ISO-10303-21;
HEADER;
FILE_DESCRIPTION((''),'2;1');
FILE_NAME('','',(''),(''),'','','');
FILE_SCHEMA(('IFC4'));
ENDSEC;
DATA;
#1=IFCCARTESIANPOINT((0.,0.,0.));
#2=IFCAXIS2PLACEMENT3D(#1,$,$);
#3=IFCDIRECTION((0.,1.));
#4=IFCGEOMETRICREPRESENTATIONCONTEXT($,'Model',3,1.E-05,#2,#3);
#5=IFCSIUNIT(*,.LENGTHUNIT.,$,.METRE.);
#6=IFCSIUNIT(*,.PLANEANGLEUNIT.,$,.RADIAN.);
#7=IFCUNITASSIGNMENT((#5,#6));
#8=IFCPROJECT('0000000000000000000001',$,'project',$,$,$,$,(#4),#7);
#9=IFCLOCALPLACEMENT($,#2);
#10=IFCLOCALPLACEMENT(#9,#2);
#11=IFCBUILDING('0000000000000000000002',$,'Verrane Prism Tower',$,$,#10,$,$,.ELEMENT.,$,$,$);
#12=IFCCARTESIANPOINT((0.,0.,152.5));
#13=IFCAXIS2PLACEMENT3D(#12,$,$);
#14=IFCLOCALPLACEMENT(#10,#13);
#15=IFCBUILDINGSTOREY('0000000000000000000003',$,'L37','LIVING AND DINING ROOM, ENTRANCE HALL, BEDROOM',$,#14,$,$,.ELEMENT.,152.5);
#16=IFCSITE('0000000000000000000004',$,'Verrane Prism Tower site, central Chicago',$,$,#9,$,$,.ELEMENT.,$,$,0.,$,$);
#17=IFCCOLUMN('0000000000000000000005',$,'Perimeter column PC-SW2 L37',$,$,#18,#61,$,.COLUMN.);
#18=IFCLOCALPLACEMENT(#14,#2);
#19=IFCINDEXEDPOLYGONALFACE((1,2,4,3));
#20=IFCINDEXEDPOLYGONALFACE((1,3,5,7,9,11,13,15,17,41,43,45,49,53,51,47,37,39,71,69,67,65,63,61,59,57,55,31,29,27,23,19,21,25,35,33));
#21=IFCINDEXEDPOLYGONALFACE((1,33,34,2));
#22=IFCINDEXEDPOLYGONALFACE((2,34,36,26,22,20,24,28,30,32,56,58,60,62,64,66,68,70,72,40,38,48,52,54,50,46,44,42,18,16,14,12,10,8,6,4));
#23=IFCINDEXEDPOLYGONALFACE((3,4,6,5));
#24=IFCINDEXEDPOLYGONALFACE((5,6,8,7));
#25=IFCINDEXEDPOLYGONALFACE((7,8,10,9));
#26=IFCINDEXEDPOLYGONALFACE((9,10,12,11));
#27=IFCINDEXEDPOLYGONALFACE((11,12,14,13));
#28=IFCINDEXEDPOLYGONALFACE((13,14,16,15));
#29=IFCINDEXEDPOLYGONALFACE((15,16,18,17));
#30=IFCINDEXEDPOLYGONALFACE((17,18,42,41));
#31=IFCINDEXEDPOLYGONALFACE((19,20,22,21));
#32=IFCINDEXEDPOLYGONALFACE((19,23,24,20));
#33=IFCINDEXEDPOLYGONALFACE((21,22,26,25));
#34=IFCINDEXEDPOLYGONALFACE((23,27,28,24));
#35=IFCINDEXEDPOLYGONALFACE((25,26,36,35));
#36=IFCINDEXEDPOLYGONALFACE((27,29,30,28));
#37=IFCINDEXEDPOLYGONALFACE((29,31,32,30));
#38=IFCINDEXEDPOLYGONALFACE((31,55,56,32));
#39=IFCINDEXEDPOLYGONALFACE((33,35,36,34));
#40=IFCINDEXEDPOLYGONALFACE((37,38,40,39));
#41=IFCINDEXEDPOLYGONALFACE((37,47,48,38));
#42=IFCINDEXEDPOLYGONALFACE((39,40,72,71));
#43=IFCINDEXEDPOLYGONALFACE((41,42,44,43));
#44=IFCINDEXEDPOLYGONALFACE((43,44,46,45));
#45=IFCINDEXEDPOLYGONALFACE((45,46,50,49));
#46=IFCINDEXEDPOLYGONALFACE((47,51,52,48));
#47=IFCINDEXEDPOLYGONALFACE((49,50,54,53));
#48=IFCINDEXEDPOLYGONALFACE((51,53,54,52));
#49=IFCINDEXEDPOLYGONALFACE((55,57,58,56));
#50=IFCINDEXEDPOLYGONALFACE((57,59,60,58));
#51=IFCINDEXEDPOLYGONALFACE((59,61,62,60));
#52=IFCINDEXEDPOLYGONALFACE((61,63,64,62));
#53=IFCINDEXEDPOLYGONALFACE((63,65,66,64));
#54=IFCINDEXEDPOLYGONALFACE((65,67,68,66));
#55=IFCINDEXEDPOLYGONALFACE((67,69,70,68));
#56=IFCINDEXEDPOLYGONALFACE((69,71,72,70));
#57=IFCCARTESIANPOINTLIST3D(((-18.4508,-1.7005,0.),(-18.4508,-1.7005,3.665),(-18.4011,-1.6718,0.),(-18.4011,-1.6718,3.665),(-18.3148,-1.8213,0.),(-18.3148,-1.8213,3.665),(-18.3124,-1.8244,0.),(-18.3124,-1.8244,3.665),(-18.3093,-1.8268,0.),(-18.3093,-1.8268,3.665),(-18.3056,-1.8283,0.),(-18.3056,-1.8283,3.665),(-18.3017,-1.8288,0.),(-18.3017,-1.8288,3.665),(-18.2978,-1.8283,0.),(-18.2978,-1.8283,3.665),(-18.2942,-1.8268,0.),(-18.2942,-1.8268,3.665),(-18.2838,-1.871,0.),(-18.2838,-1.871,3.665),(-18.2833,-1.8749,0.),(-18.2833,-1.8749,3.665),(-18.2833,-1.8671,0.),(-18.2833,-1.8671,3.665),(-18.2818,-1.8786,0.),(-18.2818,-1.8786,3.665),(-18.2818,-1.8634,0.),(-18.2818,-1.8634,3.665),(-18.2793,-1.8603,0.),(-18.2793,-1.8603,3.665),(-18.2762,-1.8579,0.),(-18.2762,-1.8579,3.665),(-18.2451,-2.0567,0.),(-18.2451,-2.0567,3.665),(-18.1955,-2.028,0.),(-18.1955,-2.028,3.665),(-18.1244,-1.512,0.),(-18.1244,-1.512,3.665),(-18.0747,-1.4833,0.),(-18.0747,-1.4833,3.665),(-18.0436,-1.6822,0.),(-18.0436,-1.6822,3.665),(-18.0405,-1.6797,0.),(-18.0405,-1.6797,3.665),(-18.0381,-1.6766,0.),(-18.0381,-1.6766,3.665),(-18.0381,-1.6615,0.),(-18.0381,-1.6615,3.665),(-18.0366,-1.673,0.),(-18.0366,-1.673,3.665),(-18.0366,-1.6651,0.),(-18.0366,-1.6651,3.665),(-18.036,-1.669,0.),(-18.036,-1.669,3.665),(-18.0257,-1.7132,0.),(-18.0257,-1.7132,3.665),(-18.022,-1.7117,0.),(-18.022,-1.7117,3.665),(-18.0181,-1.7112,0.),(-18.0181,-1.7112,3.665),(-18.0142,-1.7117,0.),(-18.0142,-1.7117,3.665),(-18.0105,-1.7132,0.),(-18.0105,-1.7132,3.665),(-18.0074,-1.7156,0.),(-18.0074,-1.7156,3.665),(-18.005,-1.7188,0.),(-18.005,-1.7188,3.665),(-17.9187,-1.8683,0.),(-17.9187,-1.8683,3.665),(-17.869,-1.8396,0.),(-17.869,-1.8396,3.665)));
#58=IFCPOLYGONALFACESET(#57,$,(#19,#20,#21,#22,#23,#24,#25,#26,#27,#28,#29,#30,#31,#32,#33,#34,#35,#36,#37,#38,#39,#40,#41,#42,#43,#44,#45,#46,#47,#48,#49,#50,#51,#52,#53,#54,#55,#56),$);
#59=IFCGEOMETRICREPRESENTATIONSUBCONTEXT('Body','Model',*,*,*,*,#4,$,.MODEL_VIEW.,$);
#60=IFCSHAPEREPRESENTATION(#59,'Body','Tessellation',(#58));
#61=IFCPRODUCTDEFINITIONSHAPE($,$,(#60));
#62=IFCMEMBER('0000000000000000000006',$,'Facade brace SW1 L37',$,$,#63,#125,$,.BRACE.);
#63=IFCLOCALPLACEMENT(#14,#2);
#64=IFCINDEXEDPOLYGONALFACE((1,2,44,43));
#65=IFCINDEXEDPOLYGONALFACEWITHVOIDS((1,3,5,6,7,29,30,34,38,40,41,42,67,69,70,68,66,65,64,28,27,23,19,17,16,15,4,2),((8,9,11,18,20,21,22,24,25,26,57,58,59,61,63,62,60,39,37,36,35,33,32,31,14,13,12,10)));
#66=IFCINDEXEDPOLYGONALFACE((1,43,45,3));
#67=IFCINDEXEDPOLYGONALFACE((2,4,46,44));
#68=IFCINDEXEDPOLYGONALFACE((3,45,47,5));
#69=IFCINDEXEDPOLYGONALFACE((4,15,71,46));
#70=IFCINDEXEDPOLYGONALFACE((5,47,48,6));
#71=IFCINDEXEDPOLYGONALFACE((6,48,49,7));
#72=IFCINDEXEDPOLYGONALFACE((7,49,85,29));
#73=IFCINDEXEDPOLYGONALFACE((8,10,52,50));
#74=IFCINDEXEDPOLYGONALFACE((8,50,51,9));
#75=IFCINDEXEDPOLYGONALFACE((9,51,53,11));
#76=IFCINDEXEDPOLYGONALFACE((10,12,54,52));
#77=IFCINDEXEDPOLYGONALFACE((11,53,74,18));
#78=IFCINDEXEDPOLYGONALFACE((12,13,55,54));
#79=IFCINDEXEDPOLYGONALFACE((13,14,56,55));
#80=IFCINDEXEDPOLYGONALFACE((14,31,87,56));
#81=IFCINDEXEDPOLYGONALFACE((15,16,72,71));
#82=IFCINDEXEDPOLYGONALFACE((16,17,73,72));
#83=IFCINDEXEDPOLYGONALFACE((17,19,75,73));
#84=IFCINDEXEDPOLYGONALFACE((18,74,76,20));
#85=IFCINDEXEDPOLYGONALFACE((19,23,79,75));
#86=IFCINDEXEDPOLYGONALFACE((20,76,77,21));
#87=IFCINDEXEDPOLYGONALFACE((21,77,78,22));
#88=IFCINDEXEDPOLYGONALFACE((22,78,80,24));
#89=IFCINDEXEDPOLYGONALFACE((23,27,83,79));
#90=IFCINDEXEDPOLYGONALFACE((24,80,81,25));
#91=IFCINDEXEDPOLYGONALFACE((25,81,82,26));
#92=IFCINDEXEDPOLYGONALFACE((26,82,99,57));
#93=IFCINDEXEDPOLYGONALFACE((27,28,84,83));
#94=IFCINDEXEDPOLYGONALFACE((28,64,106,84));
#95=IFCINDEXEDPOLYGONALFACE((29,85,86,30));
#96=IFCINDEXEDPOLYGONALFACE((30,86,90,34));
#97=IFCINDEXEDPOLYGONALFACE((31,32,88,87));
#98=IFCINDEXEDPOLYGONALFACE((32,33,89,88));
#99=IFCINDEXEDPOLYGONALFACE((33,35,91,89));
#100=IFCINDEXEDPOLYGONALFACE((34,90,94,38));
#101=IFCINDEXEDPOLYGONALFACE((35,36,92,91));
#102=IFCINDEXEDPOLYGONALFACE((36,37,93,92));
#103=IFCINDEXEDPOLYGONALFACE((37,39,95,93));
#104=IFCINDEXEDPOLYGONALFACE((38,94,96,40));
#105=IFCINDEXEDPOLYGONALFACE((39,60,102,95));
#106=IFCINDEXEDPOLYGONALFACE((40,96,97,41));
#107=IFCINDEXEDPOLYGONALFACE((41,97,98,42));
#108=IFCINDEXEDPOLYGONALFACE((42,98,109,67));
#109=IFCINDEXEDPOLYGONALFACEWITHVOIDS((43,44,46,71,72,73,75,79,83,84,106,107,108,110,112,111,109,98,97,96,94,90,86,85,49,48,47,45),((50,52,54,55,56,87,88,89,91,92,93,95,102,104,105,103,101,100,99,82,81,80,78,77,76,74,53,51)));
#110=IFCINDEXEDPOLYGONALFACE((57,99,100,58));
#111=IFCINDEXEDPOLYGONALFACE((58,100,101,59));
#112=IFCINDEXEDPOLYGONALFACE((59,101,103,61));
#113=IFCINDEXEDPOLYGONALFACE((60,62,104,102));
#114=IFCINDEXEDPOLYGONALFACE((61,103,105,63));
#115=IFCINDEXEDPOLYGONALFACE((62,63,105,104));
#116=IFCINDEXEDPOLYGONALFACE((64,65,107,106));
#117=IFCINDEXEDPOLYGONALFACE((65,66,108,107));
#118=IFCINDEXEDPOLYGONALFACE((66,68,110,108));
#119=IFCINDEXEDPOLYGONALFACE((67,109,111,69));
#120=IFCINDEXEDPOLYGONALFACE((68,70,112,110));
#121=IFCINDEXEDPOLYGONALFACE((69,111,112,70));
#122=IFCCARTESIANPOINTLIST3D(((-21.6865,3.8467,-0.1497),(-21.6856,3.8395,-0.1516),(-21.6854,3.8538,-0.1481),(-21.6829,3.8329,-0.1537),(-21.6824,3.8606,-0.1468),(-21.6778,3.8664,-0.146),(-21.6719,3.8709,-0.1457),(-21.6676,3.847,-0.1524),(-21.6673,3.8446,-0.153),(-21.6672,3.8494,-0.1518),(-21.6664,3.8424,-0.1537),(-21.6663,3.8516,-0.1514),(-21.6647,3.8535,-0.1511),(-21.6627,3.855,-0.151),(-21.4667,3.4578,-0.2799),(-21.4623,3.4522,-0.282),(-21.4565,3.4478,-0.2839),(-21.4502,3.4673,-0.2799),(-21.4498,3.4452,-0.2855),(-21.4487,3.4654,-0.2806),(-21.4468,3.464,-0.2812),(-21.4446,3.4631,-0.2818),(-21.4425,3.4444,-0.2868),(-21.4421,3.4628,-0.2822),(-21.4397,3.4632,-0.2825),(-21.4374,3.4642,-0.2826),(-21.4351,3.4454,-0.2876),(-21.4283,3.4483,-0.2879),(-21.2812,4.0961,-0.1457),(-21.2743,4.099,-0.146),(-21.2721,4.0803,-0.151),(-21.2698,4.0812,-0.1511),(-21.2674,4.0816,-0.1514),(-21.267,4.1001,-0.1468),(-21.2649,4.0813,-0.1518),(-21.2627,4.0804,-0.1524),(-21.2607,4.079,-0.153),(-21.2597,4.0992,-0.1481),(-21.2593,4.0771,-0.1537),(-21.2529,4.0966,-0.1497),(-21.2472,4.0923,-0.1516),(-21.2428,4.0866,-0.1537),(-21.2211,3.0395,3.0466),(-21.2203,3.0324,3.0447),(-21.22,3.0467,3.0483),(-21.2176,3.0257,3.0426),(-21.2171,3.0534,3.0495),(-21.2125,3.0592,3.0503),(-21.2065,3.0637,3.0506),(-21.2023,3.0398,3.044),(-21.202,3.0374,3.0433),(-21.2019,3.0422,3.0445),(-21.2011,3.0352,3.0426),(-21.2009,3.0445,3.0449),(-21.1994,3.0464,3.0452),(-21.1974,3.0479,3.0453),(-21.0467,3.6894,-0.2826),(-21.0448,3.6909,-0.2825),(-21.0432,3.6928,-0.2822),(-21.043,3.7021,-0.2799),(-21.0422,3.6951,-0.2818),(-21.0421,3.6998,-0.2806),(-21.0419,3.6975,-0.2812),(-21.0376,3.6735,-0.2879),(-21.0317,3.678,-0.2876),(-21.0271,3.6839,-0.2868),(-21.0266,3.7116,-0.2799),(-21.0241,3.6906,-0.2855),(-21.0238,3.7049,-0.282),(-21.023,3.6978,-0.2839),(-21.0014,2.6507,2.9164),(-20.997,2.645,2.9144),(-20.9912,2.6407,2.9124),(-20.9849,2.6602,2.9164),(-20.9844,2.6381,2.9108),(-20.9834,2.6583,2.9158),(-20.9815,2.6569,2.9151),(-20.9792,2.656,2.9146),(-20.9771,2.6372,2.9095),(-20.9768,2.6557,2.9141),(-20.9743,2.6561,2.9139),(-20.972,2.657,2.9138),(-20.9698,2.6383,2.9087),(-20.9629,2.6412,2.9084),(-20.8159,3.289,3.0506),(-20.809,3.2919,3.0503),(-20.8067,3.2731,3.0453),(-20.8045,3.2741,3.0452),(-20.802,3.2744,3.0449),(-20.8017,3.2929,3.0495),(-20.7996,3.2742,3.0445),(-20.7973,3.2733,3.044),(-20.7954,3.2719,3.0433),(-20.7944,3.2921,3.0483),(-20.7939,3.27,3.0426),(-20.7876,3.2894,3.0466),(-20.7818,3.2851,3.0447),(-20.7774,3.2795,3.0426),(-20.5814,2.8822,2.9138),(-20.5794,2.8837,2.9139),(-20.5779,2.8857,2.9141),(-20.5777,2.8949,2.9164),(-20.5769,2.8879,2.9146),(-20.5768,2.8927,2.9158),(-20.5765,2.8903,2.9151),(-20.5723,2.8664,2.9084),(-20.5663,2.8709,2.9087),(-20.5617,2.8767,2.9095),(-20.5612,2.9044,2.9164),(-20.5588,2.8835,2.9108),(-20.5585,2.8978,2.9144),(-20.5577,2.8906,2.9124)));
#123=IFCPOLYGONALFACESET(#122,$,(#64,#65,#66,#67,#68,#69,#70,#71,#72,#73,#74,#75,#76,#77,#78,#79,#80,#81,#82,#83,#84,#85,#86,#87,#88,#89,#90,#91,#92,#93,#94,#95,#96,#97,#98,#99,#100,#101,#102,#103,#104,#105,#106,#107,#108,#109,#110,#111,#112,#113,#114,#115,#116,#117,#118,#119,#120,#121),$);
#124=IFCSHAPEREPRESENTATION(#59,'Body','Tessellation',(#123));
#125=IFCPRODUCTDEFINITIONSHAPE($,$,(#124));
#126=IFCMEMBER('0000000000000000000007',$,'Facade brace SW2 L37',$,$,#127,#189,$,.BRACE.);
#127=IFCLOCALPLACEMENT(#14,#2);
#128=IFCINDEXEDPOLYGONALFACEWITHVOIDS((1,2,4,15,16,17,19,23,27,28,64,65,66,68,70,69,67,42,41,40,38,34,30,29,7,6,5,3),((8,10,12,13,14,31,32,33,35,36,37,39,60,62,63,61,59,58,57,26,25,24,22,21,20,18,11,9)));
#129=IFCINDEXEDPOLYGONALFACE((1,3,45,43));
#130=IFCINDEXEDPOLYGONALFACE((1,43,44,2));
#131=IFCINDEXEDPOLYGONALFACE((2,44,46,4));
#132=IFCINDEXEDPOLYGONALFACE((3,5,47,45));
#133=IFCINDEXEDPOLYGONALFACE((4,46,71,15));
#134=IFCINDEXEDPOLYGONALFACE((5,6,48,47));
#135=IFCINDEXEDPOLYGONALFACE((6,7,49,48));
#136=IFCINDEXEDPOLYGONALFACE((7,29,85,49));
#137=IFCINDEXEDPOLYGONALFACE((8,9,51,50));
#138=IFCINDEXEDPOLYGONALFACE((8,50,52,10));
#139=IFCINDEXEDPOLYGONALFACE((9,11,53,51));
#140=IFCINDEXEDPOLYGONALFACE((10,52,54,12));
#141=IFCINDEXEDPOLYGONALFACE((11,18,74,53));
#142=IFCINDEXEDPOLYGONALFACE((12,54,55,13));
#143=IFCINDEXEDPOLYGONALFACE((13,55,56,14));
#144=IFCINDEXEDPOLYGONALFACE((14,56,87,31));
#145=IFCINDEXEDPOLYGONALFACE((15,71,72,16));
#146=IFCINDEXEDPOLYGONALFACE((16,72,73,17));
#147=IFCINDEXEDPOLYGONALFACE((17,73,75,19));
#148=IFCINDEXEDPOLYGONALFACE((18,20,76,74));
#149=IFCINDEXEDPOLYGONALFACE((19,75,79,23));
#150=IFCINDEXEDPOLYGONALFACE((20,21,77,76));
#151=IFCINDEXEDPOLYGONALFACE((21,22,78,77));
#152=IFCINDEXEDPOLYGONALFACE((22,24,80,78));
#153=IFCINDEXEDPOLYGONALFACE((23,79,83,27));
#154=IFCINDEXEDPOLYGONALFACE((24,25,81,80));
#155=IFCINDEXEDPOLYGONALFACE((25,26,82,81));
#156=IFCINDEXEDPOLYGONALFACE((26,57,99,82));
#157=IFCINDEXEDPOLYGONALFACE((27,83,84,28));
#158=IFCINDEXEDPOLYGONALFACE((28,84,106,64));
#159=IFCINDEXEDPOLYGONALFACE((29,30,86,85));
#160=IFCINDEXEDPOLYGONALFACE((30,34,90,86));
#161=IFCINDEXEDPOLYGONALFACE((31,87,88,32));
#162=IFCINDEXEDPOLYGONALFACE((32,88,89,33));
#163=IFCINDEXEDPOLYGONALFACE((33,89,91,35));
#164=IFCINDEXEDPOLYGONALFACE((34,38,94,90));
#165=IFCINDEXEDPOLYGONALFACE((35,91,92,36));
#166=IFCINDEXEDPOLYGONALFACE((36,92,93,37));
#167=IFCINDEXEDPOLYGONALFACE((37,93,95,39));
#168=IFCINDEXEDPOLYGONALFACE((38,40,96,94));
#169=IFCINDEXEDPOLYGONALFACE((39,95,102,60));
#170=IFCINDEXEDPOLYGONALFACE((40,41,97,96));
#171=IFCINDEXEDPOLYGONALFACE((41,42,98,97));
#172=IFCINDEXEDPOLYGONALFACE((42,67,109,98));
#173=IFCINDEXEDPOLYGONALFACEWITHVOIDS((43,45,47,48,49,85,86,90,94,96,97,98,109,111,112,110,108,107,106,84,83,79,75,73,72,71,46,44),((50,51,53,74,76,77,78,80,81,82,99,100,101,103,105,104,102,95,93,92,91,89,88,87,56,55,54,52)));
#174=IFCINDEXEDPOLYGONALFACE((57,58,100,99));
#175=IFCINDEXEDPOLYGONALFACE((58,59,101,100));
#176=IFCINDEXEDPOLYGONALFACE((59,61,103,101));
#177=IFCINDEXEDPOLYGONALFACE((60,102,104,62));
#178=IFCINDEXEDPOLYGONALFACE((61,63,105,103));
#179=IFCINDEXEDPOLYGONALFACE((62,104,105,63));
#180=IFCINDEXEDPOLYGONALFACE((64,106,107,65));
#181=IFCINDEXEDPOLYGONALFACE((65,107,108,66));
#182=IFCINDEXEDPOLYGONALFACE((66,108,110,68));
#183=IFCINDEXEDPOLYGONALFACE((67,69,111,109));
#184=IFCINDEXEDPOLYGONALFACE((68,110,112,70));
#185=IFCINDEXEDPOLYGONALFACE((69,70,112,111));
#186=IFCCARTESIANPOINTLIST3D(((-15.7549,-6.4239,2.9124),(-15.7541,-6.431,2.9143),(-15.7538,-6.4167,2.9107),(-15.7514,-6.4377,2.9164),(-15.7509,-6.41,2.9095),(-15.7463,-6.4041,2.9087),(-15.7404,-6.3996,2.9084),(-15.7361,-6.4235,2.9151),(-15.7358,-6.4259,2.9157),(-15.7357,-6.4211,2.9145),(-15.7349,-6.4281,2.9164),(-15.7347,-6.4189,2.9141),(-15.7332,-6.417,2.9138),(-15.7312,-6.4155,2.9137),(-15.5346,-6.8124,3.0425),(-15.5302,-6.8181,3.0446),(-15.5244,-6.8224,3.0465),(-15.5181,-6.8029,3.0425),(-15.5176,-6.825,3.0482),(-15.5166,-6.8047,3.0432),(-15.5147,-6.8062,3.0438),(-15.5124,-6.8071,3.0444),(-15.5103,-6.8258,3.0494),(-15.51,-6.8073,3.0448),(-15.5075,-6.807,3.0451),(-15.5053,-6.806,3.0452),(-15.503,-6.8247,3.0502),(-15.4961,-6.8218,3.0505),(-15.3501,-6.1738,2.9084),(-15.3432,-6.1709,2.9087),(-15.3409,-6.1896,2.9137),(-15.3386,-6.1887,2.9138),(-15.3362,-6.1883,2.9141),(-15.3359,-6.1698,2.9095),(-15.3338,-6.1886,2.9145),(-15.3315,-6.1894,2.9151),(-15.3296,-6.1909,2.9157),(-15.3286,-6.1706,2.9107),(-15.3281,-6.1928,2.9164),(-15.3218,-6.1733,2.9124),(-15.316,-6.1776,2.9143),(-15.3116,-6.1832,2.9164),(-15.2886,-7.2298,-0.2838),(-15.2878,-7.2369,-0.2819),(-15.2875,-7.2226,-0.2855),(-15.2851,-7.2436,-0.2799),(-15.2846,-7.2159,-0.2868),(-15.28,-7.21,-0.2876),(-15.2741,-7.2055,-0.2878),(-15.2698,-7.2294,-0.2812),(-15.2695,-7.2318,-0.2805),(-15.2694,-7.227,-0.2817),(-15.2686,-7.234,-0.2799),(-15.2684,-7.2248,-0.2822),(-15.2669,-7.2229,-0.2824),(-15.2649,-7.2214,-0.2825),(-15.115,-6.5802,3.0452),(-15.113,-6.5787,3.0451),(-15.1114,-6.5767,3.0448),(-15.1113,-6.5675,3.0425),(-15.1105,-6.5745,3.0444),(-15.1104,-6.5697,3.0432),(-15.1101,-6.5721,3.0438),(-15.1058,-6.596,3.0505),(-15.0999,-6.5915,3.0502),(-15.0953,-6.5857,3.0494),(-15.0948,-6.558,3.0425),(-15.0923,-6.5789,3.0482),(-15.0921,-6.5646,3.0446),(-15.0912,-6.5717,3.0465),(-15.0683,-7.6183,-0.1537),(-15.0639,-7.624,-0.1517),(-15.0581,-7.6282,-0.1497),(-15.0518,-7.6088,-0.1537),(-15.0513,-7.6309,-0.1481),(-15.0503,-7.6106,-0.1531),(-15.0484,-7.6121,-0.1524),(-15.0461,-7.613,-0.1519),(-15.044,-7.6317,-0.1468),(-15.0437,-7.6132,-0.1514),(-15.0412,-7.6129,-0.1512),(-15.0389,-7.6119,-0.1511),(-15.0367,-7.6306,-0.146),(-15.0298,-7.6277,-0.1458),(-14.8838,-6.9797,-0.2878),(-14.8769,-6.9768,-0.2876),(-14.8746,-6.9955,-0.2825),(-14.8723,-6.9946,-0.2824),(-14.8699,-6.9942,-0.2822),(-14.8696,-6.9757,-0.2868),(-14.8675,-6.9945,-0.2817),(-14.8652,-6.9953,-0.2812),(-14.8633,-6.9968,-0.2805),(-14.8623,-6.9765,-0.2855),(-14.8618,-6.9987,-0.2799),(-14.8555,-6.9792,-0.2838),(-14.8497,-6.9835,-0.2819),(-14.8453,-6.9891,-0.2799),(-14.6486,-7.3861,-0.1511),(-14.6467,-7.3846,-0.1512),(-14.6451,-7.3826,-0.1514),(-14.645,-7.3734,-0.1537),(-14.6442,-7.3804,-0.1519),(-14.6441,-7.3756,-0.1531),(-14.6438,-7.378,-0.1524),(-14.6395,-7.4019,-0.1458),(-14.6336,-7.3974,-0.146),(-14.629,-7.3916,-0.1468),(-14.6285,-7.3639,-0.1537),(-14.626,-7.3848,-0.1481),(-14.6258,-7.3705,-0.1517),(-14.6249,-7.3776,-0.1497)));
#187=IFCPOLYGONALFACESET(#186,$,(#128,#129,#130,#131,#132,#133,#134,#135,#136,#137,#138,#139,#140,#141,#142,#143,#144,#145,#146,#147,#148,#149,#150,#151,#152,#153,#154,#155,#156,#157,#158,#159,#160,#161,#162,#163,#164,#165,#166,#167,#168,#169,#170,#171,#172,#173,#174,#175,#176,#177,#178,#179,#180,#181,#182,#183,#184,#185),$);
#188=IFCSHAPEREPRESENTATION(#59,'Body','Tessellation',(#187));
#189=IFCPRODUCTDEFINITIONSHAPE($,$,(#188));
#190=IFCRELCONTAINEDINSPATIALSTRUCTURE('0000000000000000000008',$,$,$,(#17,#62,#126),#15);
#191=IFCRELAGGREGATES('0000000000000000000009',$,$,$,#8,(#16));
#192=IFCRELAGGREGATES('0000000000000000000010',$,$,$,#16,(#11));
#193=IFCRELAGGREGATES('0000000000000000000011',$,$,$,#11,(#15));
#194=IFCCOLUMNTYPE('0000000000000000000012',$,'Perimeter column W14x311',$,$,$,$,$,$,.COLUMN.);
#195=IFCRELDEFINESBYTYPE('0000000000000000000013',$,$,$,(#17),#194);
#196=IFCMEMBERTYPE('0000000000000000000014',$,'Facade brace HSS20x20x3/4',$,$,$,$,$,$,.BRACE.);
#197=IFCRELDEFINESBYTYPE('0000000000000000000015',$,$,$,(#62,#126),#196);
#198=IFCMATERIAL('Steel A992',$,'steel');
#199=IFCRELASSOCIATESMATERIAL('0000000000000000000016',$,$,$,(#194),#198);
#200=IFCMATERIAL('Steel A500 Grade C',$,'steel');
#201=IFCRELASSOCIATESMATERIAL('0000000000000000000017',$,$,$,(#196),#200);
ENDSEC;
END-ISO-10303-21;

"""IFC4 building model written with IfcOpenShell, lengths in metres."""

from ifc_helpers import new_model, si_unit, direction, frame, origin, origin_2d, place, context, subcontext, project, spatial, hollow_rectangle, i_section, extrude, material, material_profile, profile_set, type_object, element, save


model = new_model("IFC4")

# Units and contexts
model_context = context("Model", 3, precision=1e-05, world=origin(), true_north=direction((0.0, 1.0)))
body_context = subcontext(model_context, "Body", "Model", "MODEL_VIEW")
ifc_project = project(units=[si_unit("LENGTHUNIT", "METRE"), si_unit("PLANEANGLEUNIT", "RADIAN")], contexts=[model_context])

# Site, building, storey
site_placement = place(None, origin())
site = spatial("IfcSite", under=ifc_project, at=site_placement, Name="Verrane Prism Tower site, central Chicago", CompositionType="ELEMENT", RefElevation=0.0)
building_placement = place(site_placement, origin())
building = spatial("IfcBuilding", under=site, at=building_placement, Name="Verrane Prism Tower", CompositionType="ELEMENT")
storey_placement = place(building_placement, frame((0.0, 0.0, 152.5)))
storey = spatial("IfcBuildingStorey", under=building, at=storey_placement, Name="L37", Description="LIVING AND DINING ROOM, ENTRANCE HALL, BEDROOM", CompositionType="ELEMENT", Elevation=152.5)

# Column
ifc_material_1 = material(Name="Steel A992", Category="steel")
ifc_material_profile_1 = material_profile(ifc_material_1, i_section(OverallWidth=0.4114, OverallDepth=0.4343, WebThickness=0.0359, FlangeThickness=0.0574, FilletRadius=0.0151, at=origin_2d()), Name="W14x311")
ifc_profile_set_1 = profile_set([ifc_material_profile_1], Name="Steel A992")
column_type = type_object("IfcColumnType", Name="Perimeter column W14x311", PredefinedType="COLUMN", material=ifc_profile_set_1)
column_placement = place(storey_placement, frame((-18.1599, -1.77, 0.0), z_axis=(0.0, 0.0, 1.0), x_axis=(-0.5, 0.866025, 0.0)))
element("IfcColumn", 1, at=column_placement, inside=storey, type_object=column_type, Name="Perimeter column PC-SW2 L37", PredefinedType="COLUMN", context=body_context, shape_type="SweptSolid", body=[
    extrude(i_section(OverallWidth=0.4114, OverallDepth=0.4343, WebThickness=0.0359, FlangeThickness=0.0574, FilletRadius=0.0151, at=origin_2d()), origin(), (0.0, 0.0, 1.0), 3.665),
])

# Members
ifc_material_2 = material(Name="Steel A500 Grade C", Category="steel")
ifc_material_profile_2 = material_profile(ifc_material_2, hollow_rectangle(XDim=0.5081, YDim=0.5081, WallThickness=0.019, InnerFilletRadius=0.0095, OuterFilletRadius=0.0286, at=origin_2d()), Name="HSS20x20x3/4")
ifc_profile_set_2 = profile_set([ifc_material_profile_2], Name="Steel A500 Grade C")
member_type_1 = type_object("IfcMemberType", Name="Facade brace HSS20x20x3/4", PredefinedType="BRACE", material=ifc_profile_set_2)
member_1_placement = place(storey_placement, frame((-21.3547, 3.7722, -0.2168), z_axis=(0.139769, -0.242432, 0.960048), x_axis=(0.866334, 0.499465, 0.0)))
element("IfcMember", 2, at=member_1_placement, inside=storey, type_object=member_type_1, Name="Facade brace SW1 L37", PredefinedType="BRACE", context=body_context, shape_type="SweptSolid", body=[
    extrude(hollow_rectangle(XDim=0.5081, YDim=0.5081, WallThickness=0.019, InnerFilletRadius=0.0095, OuterFilletRadius=0.0286, at=origin_2d()), origin(), (0.0, 0.0, 1.0), 3.3293),
])
member_2_placement = place(storey_placement, frame((-14.9568, -7.3037, -0.2168), z_axis=(-0.140069, 0.242077, 0.960094), x_axis=(-0.865552, -0.500819, 0.0)))
element("IfcMember", 3, at=member_2_placement, inside=storey, type_object=member_type_1, Name="Facade brace SW2 L37", PredefinedType="BRACE", context=body_context, shape_type="SweptSolid", body=[
    extrude(hollow_rectangle(XDim=0.5081, YDim=0.5081, WallThickness=0.019, InnerFilletRadius=0.0095, OuterFilletRadius=0.0286, at=origin_2d()), origin(), (0.0, 0.0, 1.0), 3.3291),
])

save(model, "model.ifc")
